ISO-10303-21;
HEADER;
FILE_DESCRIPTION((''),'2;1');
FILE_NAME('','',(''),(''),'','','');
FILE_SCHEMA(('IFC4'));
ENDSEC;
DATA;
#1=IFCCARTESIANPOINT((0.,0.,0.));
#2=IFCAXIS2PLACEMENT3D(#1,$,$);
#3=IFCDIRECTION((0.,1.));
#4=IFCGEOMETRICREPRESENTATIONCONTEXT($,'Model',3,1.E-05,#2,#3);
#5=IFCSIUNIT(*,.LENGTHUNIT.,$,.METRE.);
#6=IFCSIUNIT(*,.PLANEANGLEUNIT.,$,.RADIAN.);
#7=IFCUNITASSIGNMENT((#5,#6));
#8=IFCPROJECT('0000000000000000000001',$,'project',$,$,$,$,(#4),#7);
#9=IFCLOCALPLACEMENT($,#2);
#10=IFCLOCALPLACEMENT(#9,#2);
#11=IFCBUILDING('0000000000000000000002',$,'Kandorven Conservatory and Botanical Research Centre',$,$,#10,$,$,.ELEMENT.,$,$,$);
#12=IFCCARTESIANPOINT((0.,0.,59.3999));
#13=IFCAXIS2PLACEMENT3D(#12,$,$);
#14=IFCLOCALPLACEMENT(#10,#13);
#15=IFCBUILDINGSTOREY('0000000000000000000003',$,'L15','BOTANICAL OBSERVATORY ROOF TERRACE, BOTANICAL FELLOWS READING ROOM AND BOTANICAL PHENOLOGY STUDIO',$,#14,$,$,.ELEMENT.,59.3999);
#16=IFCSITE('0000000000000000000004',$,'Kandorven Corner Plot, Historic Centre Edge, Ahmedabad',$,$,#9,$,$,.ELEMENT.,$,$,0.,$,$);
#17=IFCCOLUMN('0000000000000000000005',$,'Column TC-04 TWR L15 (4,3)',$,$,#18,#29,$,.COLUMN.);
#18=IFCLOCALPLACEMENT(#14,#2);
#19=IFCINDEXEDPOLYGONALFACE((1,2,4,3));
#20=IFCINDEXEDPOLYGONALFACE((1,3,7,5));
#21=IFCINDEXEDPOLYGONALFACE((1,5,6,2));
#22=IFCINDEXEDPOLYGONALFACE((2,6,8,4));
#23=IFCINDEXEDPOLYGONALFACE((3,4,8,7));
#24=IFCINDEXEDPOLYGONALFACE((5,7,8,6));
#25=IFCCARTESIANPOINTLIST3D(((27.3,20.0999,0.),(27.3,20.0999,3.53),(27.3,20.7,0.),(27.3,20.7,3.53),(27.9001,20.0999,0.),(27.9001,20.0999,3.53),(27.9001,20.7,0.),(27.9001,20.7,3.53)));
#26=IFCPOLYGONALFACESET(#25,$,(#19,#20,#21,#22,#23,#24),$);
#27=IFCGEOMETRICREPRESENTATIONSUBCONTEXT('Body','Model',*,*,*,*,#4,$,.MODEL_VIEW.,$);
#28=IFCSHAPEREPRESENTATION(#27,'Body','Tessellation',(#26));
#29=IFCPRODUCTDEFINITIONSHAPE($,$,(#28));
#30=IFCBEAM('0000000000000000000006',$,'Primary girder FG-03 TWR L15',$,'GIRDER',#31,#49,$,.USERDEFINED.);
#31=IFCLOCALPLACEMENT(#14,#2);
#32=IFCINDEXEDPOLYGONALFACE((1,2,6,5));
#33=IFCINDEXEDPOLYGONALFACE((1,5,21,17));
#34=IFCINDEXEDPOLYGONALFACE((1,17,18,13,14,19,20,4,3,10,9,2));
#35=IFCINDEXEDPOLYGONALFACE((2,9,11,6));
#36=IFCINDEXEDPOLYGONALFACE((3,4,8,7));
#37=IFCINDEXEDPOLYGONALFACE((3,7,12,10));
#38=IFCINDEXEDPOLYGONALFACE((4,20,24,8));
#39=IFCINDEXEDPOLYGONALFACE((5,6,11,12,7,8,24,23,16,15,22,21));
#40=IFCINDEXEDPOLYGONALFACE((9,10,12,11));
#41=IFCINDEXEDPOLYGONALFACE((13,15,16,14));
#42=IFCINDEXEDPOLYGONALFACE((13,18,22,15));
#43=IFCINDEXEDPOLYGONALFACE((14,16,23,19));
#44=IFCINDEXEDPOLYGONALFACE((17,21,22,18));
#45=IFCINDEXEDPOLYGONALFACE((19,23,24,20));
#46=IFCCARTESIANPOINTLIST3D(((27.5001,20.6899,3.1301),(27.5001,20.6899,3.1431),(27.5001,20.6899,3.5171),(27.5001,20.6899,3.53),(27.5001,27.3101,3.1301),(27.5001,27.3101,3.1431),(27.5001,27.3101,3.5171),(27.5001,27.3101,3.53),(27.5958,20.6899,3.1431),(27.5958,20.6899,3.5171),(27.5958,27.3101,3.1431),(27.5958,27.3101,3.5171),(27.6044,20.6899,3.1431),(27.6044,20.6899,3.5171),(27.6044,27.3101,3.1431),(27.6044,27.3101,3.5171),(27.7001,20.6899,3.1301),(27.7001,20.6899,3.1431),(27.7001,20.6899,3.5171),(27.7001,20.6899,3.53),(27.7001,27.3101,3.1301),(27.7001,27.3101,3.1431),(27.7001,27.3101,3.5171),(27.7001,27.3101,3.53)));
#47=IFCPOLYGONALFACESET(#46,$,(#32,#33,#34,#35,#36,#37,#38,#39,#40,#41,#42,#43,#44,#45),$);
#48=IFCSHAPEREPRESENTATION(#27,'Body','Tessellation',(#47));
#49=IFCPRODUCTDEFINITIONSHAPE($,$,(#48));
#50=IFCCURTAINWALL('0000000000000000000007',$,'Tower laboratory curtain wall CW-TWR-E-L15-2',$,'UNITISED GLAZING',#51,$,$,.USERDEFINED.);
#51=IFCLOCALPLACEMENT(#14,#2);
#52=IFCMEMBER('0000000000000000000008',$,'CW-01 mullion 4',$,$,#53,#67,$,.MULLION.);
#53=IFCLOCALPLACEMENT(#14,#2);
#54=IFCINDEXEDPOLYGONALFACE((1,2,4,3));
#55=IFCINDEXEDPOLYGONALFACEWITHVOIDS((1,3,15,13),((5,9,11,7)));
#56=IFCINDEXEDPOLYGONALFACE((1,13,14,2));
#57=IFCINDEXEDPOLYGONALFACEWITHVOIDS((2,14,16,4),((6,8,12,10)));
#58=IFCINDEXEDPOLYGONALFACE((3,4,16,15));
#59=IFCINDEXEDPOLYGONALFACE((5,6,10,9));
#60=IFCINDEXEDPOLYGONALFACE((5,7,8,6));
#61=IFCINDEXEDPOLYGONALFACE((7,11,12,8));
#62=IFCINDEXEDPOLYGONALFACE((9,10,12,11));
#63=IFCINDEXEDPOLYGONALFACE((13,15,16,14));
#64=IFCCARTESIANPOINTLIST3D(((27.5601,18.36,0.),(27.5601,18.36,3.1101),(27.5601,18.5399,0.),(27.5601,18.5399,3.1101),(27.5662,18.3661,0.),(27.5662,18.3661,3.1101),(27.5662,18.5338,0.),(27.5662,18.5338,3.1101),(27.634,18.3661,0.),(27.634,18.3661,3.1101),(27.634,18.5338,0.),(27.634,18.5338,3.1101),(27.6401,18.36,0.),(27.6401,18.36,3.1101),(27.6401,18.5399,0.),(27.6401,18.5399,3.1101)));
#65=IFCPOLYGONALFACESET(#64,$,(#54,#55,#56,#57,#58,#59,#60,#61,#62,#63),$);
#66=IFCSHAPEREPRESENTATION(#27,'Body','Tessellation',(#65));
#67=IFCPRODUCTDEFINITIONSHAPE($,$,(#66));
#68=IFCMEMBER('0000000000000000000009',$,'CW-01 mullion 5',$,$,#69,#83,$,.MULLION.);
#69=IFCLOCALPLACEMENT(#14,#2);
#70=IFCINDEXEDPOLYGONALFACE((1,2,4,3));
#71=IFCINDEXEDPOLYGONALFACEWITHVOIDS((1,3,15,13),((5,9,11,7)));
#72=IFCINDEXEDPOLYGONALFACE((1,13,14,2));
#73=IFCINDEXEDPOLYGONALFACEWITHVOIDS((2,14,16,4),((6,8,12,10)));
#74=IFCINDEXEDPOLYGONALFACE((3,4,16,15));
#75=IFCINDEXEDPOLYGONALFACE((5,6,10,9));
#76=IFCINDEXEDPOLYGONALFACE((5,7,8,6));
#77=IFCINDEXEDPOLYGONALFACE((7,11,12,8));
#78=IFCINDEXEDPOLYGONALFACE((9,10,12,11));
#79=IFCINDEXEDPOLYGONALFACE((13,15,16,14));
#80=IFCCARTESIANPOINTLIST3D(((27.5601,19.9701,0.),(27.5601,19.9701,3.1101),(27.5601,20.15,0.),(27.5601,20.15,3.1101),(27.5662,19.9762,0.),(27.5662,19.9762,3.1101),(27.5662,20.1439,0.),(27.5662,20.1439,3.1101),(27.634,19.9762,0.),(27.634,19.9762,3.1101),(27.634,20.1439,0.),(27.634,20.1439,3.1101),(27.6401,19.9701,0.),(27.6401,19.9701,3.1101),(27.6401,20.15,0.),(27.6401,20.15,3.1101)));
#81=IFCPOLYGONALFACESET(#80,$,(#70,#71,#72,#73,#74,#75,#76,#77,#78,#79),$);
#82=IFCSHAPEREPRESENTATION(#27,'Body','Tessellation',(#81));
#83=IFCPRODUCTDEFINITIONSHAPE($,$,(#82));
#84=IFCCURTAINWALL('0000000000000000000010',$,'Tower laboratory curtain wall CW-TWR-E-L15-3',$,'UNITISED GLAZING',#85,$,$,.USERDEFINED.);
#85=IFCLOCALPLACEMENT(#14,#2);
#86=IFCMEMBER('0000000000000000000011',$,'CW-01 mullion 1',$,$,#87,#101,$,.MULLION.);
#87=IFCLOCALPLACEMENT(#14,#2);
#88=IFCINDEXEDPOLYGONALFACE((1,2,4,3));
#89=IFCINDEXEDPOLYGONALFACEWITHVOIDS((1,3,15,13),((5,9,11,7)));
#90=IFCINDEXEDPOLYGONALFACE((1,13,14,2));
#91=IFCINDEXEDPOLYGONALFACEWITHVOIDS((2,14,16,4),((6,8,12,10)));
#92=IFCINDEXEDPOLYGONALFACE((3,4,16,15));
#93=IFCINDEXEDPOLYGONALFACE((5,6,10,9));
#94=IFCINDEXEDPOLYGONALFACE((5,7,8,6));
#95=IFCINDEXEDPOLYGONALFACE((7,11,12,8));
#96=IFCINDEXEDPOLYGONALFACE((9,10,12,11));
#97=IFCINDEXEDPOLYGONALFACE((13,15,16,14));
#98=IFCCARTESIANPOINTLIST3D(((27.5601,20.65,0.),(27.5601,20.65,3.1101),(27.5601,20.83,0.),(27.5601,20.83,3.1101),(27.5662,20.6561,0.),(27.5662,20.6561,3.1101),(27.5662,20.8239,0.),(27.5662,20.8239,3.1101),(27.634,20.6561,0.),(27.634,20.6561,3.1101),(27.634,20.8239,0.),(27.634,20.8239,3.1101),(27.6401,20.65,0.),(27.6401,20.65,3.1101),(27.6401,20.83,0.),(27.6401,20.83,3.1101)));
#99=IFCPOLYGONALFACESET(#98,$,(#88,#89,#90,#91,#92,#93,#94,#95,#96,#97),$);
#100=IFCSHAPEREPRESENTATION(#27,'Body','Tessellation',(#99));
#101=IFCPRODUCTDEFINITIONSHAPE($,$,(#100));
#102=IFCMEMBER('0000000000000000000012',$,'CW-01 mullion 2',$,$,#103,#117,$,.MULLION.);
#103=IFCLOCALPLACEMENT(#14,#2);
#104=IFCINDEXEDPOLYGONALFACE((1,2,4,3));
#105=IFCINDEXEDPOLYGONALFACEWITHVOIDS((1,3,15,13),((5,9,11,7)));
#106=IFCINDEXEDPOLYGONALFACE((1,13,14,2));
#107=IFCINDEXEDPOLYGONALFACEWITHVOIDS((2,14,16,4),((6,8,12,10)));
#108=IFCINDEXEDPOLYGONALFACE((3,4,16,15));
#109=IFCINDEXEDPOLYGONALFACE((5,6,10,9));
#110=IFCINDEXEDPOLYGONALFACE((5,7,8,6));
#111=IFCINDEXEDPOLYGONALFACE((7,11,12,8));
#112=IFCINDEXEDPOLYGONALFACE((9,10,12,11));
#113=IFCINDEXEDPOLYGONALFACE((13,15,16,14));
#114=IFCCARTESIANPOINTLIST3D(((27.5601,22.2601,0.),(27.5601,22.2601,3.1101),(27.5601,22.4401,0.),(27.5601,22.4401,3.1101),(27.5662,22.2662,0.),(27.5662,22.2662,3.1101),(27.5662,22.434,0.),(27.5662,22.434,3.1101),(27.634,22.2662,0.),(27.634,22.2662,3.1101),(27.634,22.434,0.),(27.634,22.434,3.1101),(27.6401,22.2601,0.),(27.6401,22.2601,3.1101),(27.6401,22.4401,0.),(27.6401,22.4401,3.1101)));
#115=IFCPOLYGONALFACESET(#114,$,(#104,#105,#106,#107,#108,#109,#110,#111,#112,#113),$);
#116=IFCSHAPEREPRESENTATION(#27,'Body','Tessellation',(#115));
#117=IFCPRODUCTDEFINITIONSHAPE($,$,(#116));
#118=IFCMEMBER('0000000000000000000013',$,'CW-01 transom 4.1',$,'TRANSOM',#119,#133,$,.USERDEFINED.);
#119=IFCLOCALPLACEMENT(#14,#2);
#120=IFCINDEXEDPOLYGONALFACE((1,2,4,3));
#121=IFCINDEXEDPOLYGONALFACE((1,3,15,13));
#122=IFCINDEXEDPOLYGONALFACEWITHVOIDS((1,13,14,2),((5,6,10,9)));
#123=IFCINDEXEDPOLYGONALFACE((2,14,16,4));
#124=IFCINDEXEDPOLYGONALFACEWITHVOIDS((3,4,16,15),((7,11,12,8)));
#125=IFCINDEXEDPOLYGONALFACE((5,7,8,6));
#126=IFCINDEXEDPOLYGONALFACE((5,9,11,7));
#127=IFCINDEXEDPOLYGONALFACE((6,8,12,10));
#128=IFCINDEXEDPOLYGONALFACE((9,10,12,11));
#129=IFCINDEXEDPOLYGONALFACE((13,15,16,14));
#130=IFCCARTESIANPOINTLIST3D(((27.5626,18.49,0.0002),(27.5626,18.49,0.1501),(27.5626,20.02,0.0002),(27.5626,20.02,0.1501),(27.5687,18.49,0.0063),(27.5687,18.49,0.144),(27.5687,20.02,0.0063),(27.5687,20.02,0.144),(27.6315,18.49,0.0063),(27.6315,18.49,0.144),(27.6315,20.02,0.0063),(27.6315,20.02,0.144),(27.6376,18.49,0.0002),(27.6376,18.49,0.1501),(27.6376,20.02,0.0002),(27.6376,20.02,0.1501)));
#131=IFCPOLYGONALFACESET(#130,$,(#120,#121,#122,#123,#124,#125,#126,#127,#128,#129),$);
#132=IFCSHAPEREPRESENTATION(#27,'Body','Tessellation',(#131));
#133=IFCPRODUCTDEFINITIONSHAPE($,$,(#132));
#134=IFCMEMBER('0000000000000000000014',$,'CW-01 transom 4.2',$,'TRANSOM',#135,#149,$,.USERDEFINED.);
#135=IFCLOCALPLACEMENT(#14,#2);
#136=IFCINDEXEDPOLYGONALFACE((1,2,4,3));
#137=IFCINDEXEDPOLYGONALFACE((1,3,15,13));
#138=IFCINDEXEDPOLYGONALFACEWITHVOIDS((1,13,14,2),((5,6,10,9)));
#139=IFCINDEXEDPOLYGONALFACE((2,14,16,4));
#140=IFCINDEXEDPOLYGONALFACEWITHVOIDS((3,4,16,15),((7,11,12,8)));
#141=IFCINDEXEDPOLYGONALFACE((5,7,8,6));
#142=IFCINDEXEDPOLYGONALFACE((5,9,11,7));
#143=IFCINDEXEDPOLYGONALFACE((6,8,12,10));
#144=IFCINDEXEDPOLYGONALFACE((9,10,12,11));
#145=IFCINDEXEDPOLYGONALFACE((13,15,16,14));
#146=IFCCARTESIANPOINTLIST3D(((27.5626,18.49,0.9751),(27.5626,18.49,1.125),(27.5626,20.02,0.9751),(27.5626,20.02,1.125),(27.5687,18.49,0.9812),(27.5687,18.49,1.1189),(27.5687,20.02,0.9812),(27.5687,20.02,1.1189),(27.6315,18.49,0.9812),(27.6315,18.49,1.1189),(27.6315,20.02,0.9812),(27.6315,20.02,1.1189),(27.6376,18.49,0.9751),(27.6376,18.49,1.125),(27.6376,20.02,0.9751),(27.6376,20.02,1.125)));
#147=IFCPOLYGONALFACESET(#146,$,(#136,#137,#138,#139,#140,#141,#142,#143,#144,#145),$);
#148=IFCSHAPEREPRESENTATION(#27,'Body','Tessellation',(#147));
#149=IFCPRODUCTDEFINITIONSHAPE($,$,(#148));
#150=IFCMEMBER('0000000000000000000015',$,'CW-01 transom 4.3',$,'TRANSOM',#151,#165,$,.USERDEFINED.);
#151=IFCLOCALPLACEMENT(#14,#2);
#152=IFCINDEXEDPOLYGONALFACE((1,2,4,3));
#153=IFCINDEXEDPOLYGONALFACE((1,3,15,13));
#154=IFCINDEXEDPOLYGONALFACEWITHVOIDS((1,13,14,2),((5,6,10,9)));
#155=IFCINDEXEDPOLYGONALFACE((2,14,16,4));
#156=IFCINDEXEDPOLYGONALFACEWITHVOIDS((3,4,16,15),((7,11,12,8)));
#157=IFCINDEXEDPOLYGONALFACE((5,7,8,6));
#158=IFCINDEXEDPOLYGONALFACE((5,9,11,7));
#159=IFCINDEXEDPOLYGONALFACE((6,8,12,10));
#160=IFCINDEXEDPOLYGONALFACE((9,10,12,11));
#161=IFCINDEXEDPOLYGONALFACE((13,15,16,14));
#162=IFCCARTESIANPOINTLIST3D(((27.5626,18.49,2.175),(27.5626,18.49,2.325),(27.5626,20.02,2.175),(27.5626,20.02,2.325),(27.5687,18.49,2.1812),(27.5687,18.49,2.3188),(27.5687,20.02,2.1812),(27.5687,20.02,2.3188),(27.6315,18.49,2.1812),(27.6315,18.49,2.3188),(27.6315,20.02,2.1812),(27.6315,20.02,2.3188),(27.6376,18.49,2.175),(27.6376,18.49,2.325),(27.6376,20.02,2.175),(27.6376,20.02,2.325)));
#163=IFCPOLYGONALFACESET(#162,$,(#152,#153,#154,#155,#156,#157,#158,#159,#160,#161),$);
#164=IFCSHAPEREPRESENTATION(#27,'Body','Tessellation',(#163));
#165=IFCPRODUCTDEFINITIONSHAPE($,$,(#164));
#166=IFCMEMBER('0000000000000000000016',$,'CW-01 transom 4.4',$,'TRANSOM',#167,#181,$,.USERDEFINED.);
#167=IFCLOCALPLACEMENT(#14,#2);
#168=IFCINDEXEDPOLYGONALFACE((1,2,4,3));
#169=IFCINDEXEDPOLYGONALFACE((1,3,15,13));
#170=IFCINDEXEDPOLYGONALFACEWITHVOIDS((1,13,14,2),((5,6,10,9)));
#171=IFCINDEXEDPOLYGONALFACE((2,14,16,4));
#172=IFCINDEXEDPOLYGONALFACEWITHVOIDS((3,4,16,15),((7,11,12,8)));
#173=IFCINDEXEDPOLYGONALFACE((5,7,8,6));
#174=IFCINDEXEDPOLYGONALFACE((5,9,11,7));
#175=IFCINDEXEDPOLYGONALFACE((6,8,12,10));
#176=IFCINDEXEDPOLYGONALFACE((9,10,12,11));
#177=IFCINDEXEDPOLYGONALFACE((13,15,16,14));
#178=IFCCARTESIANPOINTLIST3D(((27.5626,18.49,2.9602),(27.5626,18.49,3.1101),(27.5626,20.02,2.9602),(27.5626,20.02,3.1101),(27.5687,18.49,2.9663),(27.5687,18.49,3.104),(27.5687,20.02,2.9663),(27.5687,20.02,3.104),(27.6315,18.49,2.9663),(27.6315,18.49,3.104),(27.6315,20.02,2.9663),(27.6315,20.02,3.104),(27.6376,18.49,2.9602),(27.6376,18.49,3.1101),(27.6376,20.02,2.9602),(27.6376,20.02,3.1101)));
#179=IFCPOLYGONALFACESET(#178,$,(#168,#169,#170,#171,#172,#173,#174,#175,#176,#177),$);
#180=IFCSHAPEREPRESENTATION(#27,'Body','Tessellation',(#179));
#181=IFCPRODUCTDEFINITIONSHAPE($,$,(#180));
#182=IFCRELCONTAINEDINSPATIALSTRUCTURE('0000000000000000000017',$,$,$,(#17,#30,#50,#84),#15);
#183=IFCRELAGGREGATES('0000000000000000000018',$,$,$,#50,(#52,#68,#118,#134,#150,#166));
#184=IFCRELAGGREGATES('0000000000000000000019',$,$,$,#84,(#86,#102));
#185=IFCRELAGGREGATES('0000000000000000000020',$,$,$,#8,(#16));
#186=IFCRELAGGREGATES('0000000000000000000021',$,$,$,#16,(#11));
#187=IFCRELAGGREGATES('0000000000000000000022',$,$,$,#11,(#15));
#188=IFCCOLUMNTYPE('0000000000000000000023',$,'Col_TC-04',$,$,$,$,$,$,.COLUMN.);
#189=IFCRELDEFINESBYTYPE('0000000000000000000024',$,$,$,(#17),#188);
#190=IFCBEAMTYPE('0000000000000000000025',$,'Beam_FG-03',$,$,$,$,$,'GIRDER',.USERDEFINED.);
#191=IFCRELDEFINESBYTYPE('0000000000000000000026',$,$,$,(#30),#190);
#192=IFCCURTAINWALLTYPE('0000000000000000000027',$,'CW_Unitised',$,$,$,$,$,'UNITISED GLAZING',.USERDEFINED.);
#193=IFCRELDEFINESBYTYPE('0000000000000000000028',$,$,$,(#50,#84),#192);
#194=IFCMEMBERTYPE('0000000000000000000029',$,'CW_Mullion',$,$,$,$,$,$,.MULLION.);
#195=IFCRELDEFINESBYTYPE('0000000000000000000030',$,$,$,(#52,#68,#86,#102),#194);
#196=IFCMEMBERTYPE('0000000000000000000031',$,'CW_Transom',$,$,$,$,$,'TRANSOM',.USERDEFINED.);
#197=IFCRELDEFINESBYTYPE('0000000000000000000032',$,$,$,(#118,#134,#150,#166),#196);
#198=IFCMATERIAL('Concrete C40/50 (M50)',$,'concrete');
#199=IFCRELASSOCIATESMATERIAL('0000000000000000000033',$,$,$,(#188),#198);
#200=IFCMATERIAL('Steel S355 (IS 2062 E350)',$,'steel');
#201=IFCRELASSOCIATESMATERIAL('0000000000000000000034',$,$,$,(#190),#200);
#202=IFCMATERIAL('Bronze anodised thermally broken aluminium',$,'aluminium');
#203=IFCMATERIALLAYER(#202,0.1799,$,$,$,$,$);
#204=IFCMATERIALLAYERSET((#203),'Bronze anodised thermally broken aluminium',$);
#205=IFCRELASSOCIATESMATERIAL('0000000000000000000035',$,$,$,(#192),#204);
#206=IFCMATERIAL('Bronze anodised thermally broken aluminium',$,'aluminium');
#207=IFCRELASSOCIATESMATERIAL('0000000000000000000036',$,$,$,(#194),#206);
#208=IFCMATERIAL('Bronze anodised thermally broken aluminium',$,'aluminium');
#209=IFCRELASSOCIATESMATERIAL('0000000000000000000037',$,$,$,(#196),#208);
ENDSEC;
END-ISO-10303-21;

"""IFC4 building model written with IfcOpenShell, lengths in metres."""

from ifc_helpers import new_model, si_unit, direction, frame, origin, origin_2d, place, context, subcontext, project, spatial, rectangle, hollow_rectangle, i_section, extrude, material, layer, layer_set, material_profile, profile_set, type_object, element, aggregate, save


model = new_model("IFC4")

# Units and contexts
model_context = context("Model", 3, precision=1e-05, world=origin(), true_north=direction((0.0, 1.0)))
body_context = subcontext(model_context, "Body", "Model", "MODEL_VIEW")
ifc_project = project(units=[si_unit("LENGTHUNIT", "METRE"), si_unit("PLANEANGLEUNIT", "RADIAN")], contexts=[model_context])

# Site, building, storey
site_placement = place(None, origin())
site = spatial("IfcSite", under=ifc_project, at=site_placement, Name="Kandorven Corner Plot, Historic Centre Edge, Ahmedabad", CompositionType="ELEMENT", RefElevation=0.0)
building_placement = place(site_placement, origin())
building = spatial("IfcBuilding", under=site, at=building_placement, Name="Kandorven Conservatory and Botanical Research Centre", CompositionType="ELEMENT")
storey_placement = place(building_placement, frame((0.0, 0.0, 59.3999)))
storey = spatial("IfcBuildingStorey", under=building, at=storey_placement, Name="L15", Description="BOTANICAL OBSERVATORY ROOF TERRACE, BOTANICAL FELLOWS READING ROOM AND BOTANICAL PHENOLOGY STUDIO", CompositionType="ELEMENT", Elevation=59.3999)

# Column
ifc_material_1 = material(Name="Concrete C40/50 (M50)", Category="concrete")
ifc_material_profile_1 = material_profile(ifc_material_1, rectangle(XDim=0.6001, YDim=0.6001, at=origin_2d()))
ifc_profile_set_1 = profile_set([ifc_material_profile_1], Name="Concrete C40/50 (M50)")
column_type = type_object("IfcColumnType", Name="Col_TC-04", PredefinedType="COLUMN", material=ifc_profile_set_1)
column_placement = place(storey_placement, frame((27.6001, 20.3999, 0.0), z_axis=(0.0, 0.0, 1.0), x_axis=(1.0, 0.0, 0.0)))
element("IfcColumn", 1, at=column_placement, inside=storey, type_object=column_type, Name="Column TC-04 TWR L15 (4,3)", PredefinedType="COLUMN", context=body_context, shape_type="SweptSolid", body=[
    extrude(rectangle(XDim=0.6001, YDim=0.6001, at=origin_2d()), origin(), (0.0, 0.0, 1.0), 3.53),
])

# Beam
ifc_material_2 = material(Name="Steel S355 (IS 2062 E350)", Category="steel")
ifc_material_profile_2 = material_profile(ifc_material_2, i_section(OverallWidth=0.2, OverallDepth=0.3999, WebThickness=0.0085, FlangeThickness=0.0129, at=origin_2d()))
ifc_profile_set_2 = profile_set([ifc_material_profile_2], Name="Steel S355 (IS 2062 E350)")
beam_type = type_object("IfcBeamType", Name="Beam_FG-03", ElementType="GIRDER", PredefinedType="USERDEFINED", material=ifc_profile_set_2)
beam_placement = place(storey_placement, frame((27.6001, 20.6899, 3.3301), z_axis=(0.0, 1.0, 0.0), x_axis=(-1.0, 0.0, 0.0)))
element("IfcBeam", 2, at=beam_placement, inside=storey, type_object=beam_type, Name="Primary girder FG-03 TWR L15", ObjectType="GIRDER", PredefinedType="USERDEFINED", context=body_context, shape_type="SweptSolid", body=[
    extrude(i_section(OverallWidth=0.2, OverallDepth=0.3999, WebThickness=0.0085, FlangeThickness=0.0129, at=origin_2d()), origin(), (0.0, 0.0, 1.0), 6.6201),
])

# Curtain walls, members
ifc_material_3 = material(Name="Bronze anodised thermally broken aluminium", Category="aluminium")
ifc_layer_1 = layer(ifc_material_3, 0.1799)
ifc_layer_set_1 = layer_set([ifc_layer_1], Name="Bronze anodised thermally broken aluminium")
curtain_wall_type = type_object("IfcCurtainWallType", Name="CW_Unitised", ElementType="UNITISED GLAZING", PredefinedType="USERDEFINED", material=ifc_layer_set_1)
curtain_wall_1_placement = place(storey_placement, origin())
curtain_wall_1 = element("IfcCurtainWall", 3, at=curtain_wall_1_placement, inside=storey, type_object=curtain_wall_type, Name="Tower laboratory curtain wall CW-TWR-E-L15-2", ObjectType="UNITISED GLAZING", PredefinedType="USERDEFINED")
ifc_material_4 = material(Name="Bronze anodised thermally broken aluminium", Category="aluminium")
ifc_material_profile_3 = material_profile(ifc_material_4, hollow_rectangle(XDim=0.0801, YDim=0.1799, WallThickness=0.0061, at=origin_2d()))
ifc_profile_set_3 = profile_set([ifc_material_profile_3], Name="Bronze anodised thermally broken aluminium")
member_type_1 = type_object("IfcMemberType", Name="CW_Mullion", PredefinedType="MULLION", material=ifc_profile_set_3)
member_1_placement = place(storey_placement, frame((27.6001, 18.45, 0.0), z_axis=(0.0, 0.0, 1.0), x_axis=(-1.0, 0.0, 0.0)))
member_1 = element("IfcMember", 4, at=member_1_placement, type_object=member_type_1, Name="CW-01 mullion 4", PredefinedType="MULLION", context=body_context, shape_type="SweptSolid", body=[
    extrude(hollow_rectangle(XDim=0.0801, YDim=0.1799, WallThickness=0.0061, at=origin_2d()), origin(), (0.0, 0.0, 1.0), 3.1101),
])
member_2_placement = place(storey_placement, frame((27.6001, 20.0601, 0.0), z_axis=(0.0, 0.0, 1.0), x_axis=(-1.0, 0.0, 0.0)))
member_2 = element("IfcMember", 5, at=member_2_placement, type_object=member_type_1, Name="CW-01 mullion 5", PredefinedType="MULLION", context=body_context, shape_type="SweptSolid", body=[
    extrude(hollow_rectangle(XDim=0.0801, YDim=0.1799, WallThickness=0.0061, at=origin_2d()), origin(), (0.0, 0.0, 1.0), 3.1101),
])
curtain_wall_2_placement = place(storey_placement, origin())
curtain_wall_2 = element("IfcCurtainWall", 6, at=curtain_wall_2_placement, inside=storey, type_object=curtain_wall_type, Name="Tower laboratory curtain wall CW-TWR-E-L15-3", ObjectType="UNITISED GLAZING", PredefinedType="USERDEFINED")
member_3_placement = place(storey_placement, frame((27.6001, 20.74, 0.0), z_axis=(0.0, 0.0, 1.0), x_axis=(-1.0, 0.0, 0.0)))
member_3 = element("IfcMember", 7, at=member_3_placement, type_object=member_type_1, Name="CW-01 mullion 1", PredefinedType="MULLION", context=body_context, shape_type="SweptSolid", body=[
    extrude(hollow_rectangle(XDim=0.0801, YDim=0.1799, WallThickness=0.0061, at=origin_2d()), origin(), (0.0, 0.0, 1.0), 3.1101),
])
member_4_placement = place(storey_placement, frame((27.6001, 22.3501, 0.0), z_axis=(0.0, 0.0, 1.0), x_axis=(-1.0, 0.0, 0.0)))
member_4 = element("IfcMember", 8, at=member_4_placement, type_object=member_type_1, Name="CW-01 mullion 2", PredefinedType="MULLION", context=body_context, shape_type="SweptSolid", body=[
    extrude(hollow_rectangle(XDim=0.0801, YDim=0.1799, WallThickness=0.0061, at=origin_2d()), origin(), (0.0, 0.0, 1.0), 3.1101),
])

# Members
ifc_material_5 = material(Name="Bronze anodised thermally broken aluminium", Category="aluminium")
ifc_material_profile_4 = material_profile(ifc_material_5, hollow_rectangle(XDim=0.075, YDim=0.1499, WallThickness=0.0061, at=origin_2d()))
ifc_profile_set_4 = profile_set([ifc_material_profile_4], Name="Bronze anodised thermally broken aluminium")
member_type_2 = type_object("IfcMemberType", Name="CW_Transom", ElementType="TRANSOM", PredefinedType="USERDEFINED", material=ifc_profile_set_4)
member_5_placement = place(storey_placement, frame((27.6001, 18.49, 0.0752), z_axis=(0.0, 1.0, 0.0), x_axis=(-1.0, 0.0, 0.0)))
member_5 = element("IfcMember", 9, at=member_5_placement, type_object=member_type_2, Name="CW-01 transom 4.1", ObjectType="TRANSOM", PredefinedType="USERDEFINED", context=body_context, shape_type="SweptSolid", body=[
    extrude(hollow_rectangle(XDim=0.075, YDim=0.1499, WallThickness=0.0061, at=origin_2d()), origin(), (0.0, 0.0, 1.0), 1.53),
])
member_6_placement = place(storey_placement, frame((27.6001, 18.49, 1.05), z_axis=(0.0, 1.0, 0.0), x_axis=(-1.0, 0.0, 0.0)))
member_6 = element("IfcMember", 10, at=member_6_placement, type_object=member_type_2, Name="CW-01 transom 4.2", ObjectType="TRANSOM", PredefinedType="USERDEFINED", context=body_context, shape_type="SweptSolid", body=[
    extrude(hollow_rectangle(XDim=0.075, YDim=0.1499, WallThickness=0.0061, at=origin_2d()), origin(), (0.0, 0.0, 1.0), 1.53),
])
member_7_placement = place(storey_placement, frame((27.6001, 18.49, 2.25), z_axis=(0.0, 1.0, 0.0), x_axis=(-1.0, 0.0, 0.0)))
member_7 = element("IfcMember", 11, at=member_7_placement, type_object=member_type_2, Name="CW-01 transom 4.3", ObjectType="TRANSOM", PredefinedType="USERDEFINED", context=body_context, shape_type="SweptSolid", body=[
    extrude(hollow_rectangle(XDim=0.075, YDim=0.1499, WallThickness=0.0061, at=origin_2d()), origin(), (0.0, 0.0, 1.0), 1.53),
])
member_8_placement = place(storey_placement, frame((27.6001, 18.49, 3.0352), z_axis=(0.0, 1.0, 0.0), x_axis=(-1.0, 0.0, 0.0)))
member_8 = element("IfcMember", 12, at=member_8_placement, type_object=member_type_2, Name="CW-01 transom 4.4", ObjectType="TRANSOM", PredefinedType="USERDEFINED", context=body_context, shape_type="SweptSolid", body=[
    extrude(hollow_rectangle(XDim=0.075, YDim=0.1499, WallThickness=0.0061, at=origin_2d()), origin(), (0.0, 0.0, 1.0), 1.53),
])

aggregate(curtain_wall_1, [member_1, member_2, member_5, member_6, member_7, member_8])
aggregate(curtain_wall_2, [member_3, member_4])

save(model, "model.ifc")
